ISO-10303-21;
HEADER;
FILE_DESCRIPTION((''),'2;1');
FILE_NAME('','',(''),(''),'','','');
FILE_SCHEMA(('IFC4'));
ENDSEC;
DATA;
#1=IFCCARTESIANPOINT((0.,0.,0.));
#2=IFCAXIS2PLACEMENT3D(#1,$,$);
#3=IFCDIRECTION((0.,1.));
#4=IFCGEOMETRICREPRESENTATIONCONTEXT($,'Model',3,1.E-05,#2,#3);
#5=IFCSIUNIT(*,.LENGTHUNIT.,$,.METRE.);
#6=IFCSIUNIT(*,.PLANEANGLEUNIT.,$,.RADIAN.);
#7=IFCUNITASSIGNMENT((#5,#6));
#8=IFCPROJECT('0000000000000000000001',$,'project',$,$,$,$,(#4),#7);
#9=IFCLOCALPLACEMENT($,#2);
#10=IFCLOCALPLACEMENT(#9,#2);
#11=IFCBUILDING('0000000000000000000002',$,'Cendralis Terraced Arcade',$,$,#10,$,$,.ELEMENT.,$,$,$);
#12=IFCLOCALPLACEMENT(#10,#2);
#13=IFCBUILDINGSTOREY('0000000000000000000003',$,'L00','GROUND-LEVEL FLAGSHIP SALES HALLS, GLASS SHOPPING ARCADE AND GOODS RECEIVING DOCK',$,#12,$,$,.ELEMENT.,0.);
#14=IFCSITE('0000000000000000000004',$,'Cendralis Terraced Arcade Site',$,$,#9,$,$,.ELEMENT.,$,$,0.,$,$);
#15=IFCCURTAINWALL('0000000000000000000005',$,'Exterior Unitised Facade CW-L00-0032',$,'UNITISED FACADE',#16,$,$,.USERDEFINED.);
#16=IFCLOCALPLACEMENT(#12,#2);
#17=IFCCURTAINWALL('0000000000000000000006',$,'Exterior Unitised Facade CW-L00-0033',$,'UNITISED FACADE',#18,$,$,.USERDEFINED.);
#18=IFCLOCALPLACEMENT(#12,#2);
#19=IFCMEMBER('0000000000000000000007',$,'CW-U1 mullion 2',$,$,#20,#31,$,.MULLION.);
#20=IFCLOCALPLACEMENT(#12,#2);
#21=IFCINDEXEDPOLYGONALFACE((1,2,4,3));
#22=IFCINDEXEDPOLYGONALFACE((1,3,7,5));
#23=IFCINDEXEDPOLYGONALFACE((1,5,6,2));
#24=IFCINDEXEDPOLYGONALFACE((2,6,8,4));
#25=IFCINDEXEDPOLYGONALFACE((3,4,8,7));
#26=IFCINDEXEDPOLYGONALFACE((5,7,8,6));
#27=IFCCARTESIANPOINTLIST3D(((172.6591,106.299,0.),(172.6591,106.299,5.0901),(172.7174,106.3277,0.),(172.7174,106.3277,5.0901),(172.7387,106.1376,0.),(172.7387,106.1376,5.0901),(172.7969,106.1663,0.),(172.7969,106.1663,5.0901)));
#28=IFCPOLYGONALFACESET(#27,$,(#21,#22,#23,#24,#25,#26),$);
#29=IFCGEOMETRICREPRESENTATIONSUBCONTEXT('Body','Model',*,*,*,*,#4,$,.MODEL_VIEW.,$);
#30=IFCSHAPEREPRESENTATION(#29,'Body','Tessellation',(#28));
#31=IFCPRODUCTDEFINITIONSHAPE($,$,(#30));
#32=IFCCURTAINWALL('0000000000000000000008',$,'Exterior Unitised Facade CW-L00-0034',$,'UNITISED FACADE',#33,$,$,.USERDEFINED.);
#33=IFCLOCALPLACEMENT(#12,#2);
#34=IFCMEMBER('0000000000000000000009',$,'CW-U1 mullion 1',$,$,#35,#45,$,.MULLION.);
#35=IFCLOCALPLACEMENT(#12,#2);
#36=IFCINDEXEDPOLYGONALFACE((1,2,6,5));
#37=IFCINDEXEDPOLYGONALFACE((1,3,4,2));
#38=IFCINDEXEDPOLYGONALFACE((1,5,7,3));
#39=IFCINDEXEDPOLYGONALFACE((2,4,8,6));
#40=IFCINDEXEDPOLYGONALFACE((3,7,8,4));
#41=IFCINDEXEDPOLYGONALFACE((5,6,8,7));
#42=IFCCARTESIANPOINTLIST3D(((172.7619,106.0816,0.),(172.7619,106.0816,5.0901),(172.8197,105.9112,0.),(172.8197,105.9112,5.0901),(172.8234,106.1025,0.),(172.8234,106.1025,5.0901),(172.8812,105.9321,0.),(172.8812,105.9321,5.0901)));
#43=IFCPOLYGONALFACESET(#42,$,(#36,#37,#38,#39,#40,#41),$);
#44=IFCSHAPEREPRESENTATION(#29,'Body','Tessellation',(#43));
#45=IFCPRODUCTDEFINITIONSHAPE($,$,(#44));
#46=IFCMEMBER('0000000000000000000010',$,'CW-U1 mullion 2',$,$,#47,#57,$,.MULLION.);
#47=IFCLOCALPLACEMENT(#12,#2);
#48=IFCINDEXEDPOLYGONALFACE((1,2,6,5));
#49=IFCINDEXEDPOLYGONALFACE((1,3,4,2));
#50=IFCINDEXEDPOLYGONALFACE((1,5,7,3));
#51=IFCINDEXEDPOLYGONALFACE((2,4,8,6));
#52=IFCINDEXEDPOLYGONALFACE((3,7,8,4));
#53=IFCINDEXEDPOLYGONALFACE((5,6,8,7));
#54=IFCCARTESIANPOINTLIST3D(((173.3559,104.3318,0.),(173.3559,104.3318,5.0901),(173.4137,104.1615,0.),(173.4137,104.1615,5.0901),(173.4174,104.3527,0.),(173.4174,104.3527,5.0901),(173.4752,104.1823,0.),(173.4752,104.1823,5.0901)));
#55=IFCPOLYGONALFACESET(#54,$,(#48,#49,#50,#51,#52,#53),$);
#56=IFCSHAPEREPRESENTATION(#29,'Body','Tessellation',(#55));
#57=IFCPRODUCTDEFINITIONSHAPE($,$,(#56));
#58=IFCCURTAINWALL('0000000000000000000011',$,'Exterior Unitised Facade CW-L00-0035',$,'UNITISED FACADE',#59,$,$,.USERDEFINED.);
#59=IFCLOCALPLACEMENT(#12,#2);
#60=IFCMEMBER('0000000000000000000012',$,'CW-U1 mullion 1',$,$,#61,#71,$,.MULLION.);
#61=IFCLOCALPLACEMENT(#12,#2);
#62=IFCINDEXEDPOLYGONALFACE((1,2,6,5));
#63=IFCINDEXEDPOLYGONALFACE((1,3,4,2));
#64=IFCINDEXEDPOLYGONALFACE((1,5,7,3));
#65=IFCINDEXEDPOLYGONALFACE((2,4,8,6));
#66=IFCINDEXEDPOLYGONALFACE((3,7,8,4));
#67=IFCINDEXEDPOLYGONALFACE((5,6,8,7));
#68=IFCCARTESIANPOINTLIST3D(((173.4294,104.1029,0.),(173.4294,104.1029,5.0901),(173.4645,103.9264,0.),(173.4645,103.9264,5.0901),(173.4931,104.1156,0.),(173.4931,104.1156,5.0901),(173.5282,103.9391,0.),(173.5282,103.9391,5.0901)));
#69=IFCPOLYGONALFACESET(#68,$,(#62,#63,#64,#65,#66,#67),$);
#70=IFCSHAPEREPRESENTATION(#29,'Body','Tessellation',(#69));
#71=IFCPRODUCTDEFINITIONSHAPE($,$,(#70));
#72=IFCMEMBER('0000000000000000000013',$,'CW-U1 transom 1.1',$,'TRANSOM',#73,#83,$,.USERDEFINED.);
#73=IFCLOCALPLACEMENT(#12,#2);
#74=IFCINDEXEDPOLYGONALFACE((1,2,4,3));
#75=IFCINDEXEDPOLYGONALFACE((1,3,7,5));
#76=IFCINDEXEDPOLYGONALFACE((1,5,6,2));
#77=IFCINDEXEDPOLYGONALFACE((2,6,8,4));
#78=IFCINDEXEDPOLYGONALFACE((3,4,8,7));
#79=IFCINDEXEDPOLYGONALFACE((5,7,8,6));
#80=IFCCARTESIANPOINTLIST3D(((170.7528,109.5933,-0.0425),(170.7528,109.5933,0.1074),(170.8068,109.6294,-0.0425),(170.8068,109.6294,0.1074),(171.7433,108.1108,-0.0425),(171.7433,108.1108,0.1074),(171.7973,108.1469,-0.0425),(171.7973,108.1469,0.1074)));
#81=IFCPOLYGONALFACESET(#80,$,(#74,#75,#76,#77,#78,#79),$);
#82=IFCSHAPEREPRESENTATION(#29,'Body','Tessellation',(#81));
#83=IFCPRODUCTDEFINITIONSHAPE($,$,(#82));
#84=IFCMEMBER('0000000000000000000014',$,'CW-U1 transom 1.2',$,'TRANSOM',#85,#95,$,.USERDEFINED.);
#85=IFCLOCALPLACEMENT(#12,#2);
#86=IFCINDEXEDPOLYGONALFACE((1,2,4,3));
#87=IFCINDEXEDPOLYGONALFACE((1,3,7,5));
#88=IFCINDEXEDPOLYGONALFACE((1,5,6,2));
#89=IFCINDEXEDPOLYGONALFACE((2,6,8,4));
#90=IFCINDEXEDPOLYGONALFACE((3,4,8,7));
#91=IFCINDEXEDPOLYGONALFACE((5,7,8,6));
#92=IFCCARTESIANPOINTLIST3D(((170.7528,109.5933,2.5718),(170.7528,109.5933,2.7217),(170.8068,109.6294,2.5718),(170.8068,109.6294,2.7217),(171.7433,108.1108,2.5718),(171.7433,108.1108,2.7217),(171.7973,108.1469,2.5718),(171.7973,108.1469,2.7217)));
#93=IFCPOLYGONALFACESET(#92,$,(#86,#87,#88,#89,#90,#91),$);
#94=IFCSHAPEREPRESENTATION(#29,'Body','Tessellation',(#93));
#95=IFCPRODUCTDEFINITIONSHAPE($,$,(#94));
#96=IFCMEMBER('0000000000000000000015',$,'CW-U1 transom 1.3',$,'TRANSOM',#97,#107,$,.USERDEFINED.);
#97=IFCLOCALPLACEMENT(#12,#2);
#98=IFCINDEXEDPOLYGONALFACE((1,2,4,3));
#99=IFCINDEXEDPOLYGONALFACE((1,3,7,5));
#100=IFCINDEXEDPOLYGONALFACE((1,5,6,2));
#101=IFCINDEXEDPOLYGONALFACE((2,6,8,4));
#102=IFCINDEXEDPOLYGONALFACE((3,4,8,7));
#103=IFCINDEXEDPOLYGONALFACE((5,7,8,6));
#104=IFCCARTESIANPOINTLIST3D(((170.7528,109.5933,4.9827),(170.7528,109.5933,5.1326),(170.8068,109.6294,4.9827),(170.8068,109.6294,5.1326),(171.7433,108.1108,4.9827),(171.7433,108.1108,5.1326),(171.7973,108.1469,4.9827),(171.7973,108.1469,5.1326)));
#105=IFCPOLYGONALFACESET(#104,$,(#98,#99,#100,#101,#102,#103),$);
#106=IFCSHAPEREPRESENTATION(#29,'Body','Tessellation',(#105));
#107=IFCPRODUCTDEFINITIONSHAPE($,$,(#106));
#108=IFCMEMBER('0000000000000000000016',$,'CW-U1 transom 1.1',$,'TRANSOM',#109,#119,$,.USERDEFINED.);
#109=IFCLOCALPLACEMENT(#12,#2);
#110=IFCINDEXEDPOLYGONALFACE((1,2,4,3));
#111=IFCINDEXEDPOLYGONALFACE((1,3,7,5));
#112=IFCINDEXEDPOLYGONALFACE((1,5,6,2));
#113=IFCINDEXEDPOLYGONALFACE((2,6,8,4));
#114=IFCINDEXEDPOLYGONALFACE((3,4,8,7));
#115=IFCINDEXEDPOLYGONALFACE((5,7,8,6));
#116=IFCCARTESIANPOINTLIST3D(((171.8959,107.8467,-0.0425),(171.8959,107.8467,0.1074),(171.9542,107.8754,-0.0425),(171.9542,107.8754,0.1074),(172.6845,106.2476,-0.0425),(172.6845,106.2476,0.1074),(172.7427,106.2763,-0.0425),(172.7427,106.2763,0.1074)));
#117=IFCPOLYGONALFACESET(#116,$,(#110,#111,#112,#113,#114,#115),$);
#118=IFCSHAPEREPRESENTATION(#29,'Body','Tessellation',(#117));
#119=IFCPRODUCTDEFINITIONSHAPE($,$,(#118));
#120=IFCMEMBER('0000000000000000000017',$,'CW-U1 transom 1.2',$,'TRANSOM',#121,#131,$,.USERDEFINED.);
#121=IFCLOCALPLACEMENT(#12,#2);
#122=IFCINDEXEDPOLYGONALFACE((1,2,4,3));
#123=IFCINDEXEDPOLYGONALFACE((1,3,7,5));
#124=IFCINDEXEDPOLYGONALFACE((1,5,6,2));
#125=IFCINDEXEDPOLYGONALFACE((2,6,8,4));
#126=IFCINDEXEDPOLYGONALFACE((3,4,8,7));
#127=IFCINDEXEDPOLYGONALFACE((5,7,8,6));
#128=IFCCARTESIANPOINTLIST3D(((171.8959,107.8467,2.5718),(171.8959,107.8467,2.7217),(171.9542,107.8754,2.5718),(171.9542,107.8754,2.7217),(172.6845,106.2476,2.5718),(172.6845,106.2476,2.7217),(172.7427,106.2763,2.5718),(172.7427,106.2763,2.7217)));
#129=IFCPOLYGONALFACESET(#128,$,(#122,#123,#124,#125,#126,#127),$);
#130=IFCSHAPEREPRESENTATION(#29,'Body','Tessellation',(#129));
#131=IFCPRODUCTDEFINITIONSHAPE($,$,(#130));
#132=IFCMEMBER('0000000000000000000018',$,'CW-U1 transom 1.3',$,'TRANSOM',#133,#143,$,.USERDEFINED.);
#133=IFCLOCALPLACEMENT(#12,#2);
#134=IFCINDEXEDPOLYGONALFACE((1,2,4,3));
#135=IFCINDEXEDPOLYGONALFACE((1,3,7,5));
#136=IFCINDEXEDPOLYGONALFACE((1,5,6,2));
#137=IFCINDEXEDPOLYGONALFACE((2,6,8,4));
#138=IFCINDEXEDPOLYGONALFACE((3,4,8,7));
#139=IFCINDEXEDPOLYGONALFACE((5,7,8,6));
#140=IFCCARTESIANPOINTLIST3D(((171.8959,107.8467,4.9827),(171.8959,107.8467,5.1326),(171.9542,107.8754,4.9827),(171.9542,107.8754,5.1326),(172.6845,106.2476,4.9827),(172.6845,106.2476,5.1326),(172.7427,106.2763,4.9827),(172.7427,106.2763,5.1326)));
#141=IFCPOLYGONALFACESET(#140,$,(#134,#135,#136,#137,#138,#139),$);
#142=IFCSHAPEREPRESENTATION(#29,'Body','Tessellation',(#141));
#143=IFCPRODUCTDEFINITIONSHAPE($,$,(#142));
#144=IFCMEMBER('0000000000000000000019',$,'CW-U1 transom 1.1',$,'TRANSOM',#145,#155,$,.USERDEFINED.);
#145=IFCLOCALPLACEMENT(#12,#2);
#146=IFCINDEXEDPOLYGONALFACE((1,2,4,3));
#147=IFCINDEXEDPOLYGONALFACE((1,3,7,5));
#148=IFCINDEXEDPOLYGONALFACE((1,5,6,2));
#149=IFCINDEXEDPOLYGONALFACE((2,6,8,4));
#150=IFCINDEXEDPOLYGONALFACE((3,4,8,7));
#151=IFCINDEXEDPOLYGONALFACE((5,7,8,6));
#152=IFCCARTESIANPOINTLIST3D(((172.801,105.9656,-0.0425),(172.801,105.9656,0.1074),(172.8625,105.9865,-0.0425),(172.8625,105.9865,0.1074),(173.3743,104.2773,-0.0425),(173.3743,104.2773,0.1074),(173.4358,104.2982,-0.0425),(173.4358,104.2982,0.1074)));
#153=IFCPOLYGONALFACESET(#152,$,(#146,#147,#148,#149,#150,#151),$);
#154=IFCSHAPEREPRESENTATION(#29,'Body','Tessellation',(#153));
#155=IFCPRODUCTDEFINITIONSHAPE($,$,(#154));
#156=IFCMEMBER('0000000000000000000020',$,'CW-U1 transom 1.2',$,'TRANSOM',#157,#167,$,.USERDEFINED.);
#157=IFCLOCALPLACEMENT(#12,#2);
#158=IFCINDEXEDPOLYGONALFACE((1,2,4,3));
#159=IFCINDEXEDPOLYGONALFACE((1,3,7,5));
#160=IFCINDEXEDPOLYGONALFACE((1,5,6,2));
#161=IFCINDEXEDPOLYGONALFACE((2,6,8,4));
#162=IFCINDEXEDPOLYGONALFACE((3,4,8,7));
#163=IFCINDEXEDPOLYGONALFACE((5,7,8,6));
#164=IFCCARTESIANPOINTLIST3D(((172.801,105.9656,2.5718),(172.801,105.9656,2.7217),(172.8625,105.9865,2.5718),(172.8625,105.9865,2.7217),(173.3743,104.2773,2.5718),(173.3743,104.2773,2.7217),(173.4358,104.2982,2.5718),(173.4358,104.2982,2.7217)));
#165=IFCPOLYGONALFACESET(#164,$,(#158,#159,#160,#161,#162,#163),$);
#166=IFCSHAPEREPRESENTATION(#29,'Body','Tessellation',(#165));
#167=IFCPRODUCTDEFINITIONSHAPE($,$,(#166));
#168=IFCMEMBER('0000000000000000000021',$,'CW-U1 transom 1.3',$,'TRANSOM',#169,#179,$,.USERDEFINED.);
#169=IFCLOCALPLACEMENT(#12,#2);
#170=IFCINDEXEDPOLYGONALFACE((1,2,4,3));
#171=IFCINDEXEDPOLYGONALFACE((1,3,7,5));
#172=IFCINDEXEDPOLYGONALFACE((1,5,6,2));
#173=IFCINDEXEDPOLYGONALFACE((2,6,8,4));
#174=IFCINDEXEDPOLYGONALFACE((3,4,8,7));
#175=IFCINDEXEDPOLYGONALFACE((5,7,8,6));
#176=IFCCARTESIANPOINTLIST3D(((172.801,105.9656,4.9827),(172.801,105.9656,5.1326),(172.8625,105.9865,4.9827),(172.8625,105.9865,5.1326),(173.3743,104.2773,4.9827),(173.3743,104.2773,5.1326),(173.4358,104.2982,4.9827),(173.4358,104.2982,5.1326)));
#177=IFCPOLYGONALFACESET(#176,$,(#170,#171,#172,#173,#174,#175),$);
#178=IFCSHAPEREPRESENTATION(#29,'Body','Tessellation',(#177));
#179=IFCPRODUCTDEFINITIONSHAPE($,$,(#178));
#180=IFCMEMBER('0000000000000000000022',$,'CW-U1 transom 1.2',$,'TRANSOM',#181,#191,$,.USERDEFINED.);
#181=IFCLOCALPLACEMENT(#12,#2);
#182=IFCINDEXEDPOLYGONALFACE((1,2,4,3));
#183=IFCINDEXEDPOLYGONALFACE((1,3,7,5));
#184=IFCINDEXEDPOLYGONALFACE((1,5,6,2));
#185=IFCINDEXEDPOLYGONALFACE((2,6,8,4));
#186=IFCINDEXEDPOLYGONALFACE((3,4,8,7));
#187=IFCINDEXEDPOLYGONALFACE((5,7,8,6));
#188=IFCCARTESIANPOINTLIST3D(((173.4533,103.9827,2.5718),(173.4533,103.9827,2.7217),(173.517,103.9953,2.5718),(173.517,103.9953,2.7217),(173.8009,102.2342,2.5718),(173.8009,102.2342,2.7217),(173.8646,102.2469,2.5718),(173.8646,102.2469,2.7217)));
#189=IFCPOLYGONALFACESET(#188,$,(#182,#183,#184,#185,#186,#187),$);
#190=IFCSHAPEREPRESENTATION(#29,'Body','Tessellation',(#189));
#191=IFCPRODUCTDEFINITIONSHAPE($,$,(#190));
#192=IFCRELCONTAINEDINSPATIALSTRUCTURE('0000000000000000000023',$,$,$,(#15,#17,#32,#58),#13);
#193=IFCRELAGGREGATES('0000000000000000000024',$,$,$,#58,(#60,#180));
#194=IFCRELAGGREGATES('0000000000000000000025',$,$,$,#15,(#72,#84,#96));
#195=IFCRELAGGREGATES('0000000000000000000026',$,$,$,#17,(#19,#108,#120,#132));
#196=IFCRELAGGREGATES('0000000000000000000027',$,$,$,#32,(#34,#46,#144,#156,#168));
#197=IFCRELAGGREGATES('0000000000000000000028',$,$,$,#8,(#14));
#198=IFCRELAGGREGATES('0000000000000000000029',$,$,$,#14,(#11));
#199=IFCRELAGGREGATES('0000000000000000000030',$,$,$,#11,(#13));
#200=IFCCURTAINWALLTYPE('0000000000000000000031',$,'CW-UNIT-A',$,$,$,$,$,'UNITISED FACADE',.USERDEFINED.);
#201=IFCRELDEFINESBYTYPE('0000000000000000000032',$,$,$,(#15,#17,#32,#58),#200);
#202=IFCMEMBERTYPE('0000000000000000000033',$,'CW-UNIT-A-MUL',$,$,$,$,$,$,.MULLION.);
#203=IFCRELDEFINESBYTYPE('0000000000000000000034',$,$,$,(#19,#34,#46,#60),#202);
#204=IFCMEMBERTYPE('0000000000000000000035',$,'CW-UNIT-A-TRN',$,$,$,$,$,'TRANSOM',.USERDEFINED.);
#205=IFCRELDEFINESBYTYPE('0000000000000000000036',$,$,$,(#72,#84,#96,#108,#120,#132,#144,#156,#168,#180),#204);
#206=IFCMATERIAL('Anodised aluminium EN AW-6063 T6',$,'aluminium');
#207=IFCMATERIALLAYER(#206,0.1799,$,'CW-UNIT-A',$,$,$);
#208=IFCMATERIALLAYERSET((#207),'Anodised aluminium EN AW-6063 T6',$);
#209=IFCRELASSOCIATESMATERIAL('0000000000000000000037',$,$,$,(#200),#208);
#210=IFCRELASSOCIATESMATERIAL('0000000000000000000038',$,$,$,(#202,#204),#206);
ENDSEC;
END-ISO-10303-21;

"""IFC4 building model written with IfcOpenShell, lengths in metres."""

from ifc_helpers import new_model, si_unit, direction, frame, origin, origin_2d, place, context, subcontext, project, spatial, rectangle, extrude, material, layer, layer_set, material_profile, profile_set, type_object, element, aggregate, save


model = new_model("IFC4")

# Units and contexts
model_context = context("Model", 3, precision=1e-05, world=origin(), true_north=direction((0.0, 1.0)))
body_context = subcontext(model_context, "Body", "Model", "MODEL_VIEW")
ifc_project = project(units=[si_unit("LENGTHUNIT", "METRE"), si_unit("PLANEANGLEUNIT", "RADIAN")], contexts=[model_context])

# Site, building, storey
site_placement = place(None, origin())
site = spatial("IfcSite", under=ifc_project, at=site_placement, Name="Cendralis Terraced Arcade Site", CompositionType="ELEMENT", RefElevation=0.0)
building_placement = place(site_placement, origin())
building = spatial("IfcBuilding", under=site, at=building_placement, Name="Cendralis Terraced Arcade", CompositionType="ELEMENT")
storey_placement = place(building_placement, origin())
storey = spatial("IfcBuildingStorey", under=building, at=storey_placement, Name="L00", Description="GROUND-LEVEL FLAGSHIP SALES HALLS, GLASS SHOPPING ARCADE AND GOODS RECEIVING DOCK", CompositionType="ELEMENT", Elevation=0.0)

# Curtain walls, members
ifc_material_1 = material(Name="Anodised aluminium EN AW-6063 T6", Category="aluminium")
ifc_layer_1 = layer(ifc_material_1, 0.1799, Name="CW-UNIT-A")
ifc_layer_set_1 = layer_set([ifc_layer_1], Name="Anodised aluminium EN AW-6063 T6")
curtain_wall_type = type_object("IfcCurtainWallType", Name="CW-UNIT-A", ElementType="UNITISED FACADE", PredefinedType="USERDEFINED", material=ifc_layer_set_1)
curtain_wall_1_placement = place(storey_placement, origin())
curtain_wall_1 = element("IfcCurtainWall", 1, at=curtain_wall_1_placement, inside=storey, type_object=curtain_wall_type, Name="Exterior Unitised Facade CW-L00-0032", ObjectType="UNITISED FACADE", PredefinedType="USERDEFINED")
ifc_material_profile_1 = material_profile(ifc_material_1, rectangle(XDim=0.0649, YDim=0.1799, at=origin_2d()), Name="ALU-MUL-65x180")
ifc_profile_set_1 = profile_set([ifc_material_profile_1], Name="Anodised aluminium EN AW-6063 T6")
member_type_1 = type_object("IfcMemberType", Name="CW-UNIT-A-MUL", PredefinedType="MULLION", material=ifc_profile_set_1)
curtain_wall_2_placement = place(storey_placement, origin())
curtain_wall_2 = element("IfcCurtainWall", 2, at=curtain_wall_2_placement, inside=storey, type_object=curtain_wall_type, Name="Exterior Unitised Facade CW-L00-0033", ObjectType="UNITISED FACADE", PredefinedType="USERDEFINED")
member_1_placement = place(storey_placement, frame((172.728, 106.2327, 0.0), z_axis=(0.0, 0.0, 1.0), x_axis=(0.896871, 0.442293, 0.0)))
member_1 = element("IfcMember", 3, at=member_1_placement, type_object=member_type_1, Name="CW-U1 mullion 2", PredefinedType="MULLION", context=body_context, shape_type="SweptSolid", body=[
    extrude(rectangle(XDim=0.0649, YDim=0.1799, at=origin_2d()), origin(), (0.0, 0.0, 1.0), 5.0901),
])
curtain_wall_3_placement = place(storey_placement, origin())
curtain_wall_3 = element("IfcCurtainWall", 4, at=curtain_wall_3_placement, inside=storey, type_object=curtain_wall_type, Name="Exterior Unitised Facade CW-L00-0034", ObjectType="UNITISED FACADE", PredefinedType="USERDEFINED")
member_2_placement = place(storey_placement, frame((172.8215, 106.0068, 0.0), z_axis=(0.0, 0.0, 1.0), x_axis=(0.946928, 0.321445, 0.0)))
member_2 = element("IfcMember", 5, at=member_2_placement, type_object=member_type_1, Name="CW-U1 mullion 1", PredefinedType="MULLION", context=body_context, shape_type="SweptSolid", body=[
    extrude(rectangle(XDim=0.0649, YDim=0.1799, at=origin_2d()), origin(), (0.0, 0.0, 1.0), 5.0901),
])
member_3_placement = place(storey_placement, frame((173.4155, 104.2571, 0.0), z_axis=(0.0, 0.0, 1.0), x_axis=(0.946928, 0.321445, 0.0)))
member_3 = element("IfcMember", 6, at=member_3_placement, type_object=member_type_1, Name="CW-U1 mullion 2", PredefinedType="MULLION", context=body_context, shape_type="SweptSolid", body=[
    extrude(rectangle(XDim=0.0649, YDim=0.1799, at=origin_2d()), origin(), (0.0, 0.0, 1.0), 5.0901),
])

# Curtain wall, member
curtain_wall_4_placement = place(storey_placement, origin())
curtain_wall_4 = element("IfcCurtainWall", 7, at=curtain_wall_4_placement, inside=storey, type_object=curtain_wall_type, Name="Exterior Unitised Facade CW-L00-0035", ObjectType="UNITISED FACADE", PredefinedType="USERDEFINED")
member_4_placement = place(storey_placement, frame((173.4788, 104.021, 0.0), z_axis=(0.0, 0.0, 1.0), x_axis=(0.980793, 0.19505, 0.0)))
member_4 = element("IfcMember", 8, at=member_4_placement, type_object=member_type_1, Name="CW-U1 mullion 1", PredefinedType="MULLION", context=body_context, shape_type="SweptSolid", body=[
    extrude(rectangle(XDim=0.0649, YDim=0.1799, at=origin_2d()), origin(), (0.0, 0.0, 1.0), 5.0901),
])

# Members
ifc_material_profile_2 = material_profile(ifc_material_1, rectangle(XDim=0.0649, YDim=0.1499, at=origin_2d()), Name="ALU-TRN-65x150")
ifc_profile_set_2 = profile_set([ifc_material_profile_2], Name="Anodised aluminium EN AW-6063 T6")
member_type_2 = type_object("IfcMemberType", Name="CW-UNIT-A-TRN", ElementType="TRANSOM", PredefinedType="USERDEFINED", material=ifc_profile_set_2)
member_5_placement = place(storey_placement, frame((170.7798, 109.6113, 0.0325), z_axis=(0.555553, -0.831481, 0.0), x_axis=(0.831481, 0.555553, 0.0)))
member_5 = element("IfcMember", 9, at=member_5_placement, type_object=member_type_2, Name="CW-U1 transom 1.1", ObjectType="TRANSOM", PredefinedType="USERDEFINED", context=body_context, shape_type="SweptSolid", body=[
    extrude(rectangle(XDim=0.0649, YDim=0.1499, at=origin_2d()), origin(), (0.0, 0.0, 1.0), 1.783),
])
member_6_placement = place(storey_placement, frame((170.7798, 109.6113, 2.6467), z_axis=(0.555553, -0.831481, 0.0), x_axis=(0.831481, 0.555553, 0.0)))
member_6 = element("IfcMember", 10, at=member_6_placement, type_object=member_type_2, Name="CW-U1 transom 1.2", ObjectType="TRANSOM", PredefinedType="USERDEFINED", context=body_context, shape_type="SweptSolid", body=[
    extrude(rectangle(XDim=0.0649, YDim=0.1499, at=origin_2d()), origin(), (0.0, 0.0, 1.0), 1.783),
])
member_7_placement = place(storey_placement, frame((170.7798, 109.6113, 5.0576), z_axis=(0.555553, -0.831481, 0.0), x_axis=(0.831481, 0.555553, 0.0)))
member_7 = element("IfcMember", 11, at=member_7_placement, type_object=member_type_2, Name="CW-U1 transom 1.3", ObjectType="TRANSOM", PredefinedType="USERDEFINED", context=body_context, shape_type="SweptSolid", body=[
    extrude(rectangle(XDim=0.0649, YDim=0.1499, at=origin_2d()), origin(), (0.0, 0.0, 1.0), 1.783),
])
member_8_placement = place(storey_placement, frame((171.925, 107.8611, 0.0325), z_axis=(0.442277, -0.896878, 0.0), x_axis=(0.896878, 0.442277, 0.0)))
member_8 = element("IfcMember", 12, at=member_8_placement, type_object=member_type_2, Name="CW-U1 transom 1.1", ObjectType="TRANSOM", PredefinedType="USERDEFINED", context=body_context, shape_type="SweptSolid", body=[
    extrude(rectangle(XDim=0.0649, YDim=0.1499, at=origin_2d()), origin(), (0.0, 0.0, 1.0), 1.783),
])
member_9_placement = place(storey_placement, frame((171.925, 107.8611, 2.6467), z_axis=(0.442277, -0.896878, 0.0), x_axis=(0.896878, 0.442277, 0.0)))
member_9 = element("IfcMember", 13, at=member_9_placement, type_object=member_type_2, Name="CW-U1 transom 1.2", ObjectType="TRANSOM", PredefinedType="USERDEFINED", context=body_context, shape_type="SweptSolid", body=[
    extrude(rectangle(XDim=0.0649, YDim=0.1499, at=origin_2d()), origin(), (0.0, 0.0, 1.0), 1.783),
])
member_10_placement = place(storey_placement, frame((171.925, 107.8611, 5.0576), z_axis=(0.442277, -0.896878, 0.0), x_axis=(0.896878, 0.442277, 0.0)))
member_10 = element("IfcMember", 14, at=member_10_placement, type_object=member_type_2, Name="CW-U1 transom 1.3", ObjectType="TRANSOM", PredefinedType="USERDEFINED", context=body_context, shape_type="SweptSolid", body=[
    extrude(rectangle(XDim=0.0649, YDim=0.1499, at=origin_2d()), origin(), (0.0, 0.0, 1.0), 1.783),
])
member_11_placement = place(storey_placement, frame((172.8318, 105.9761, 0.0325), z_axis=(0.321522, -0.946902, 0.0), x_axis=(0.946902, 0.321522, 0.0)))
member_11 = element("IfcMember", 15, at=member_11_placement, type_object=member_type_2, Name="CW-U1 transom 1.1", ObjectType="TRANSOM", PredefinedType="USERDEFINED", context=body_context, shape_type="SweptSolid", body=[
    extrude(rectangle(XDim=0.0649, YDim=0.1499, at=origin_2d()), origin(), (0.0, 0.0, 1.0), 1.783),
])
member_12_placement = place(storey_placement, frame((172.8318, 105.9761, 2.6467), z_axis=(0.321522, -0.946902, 0.0), x_axis=(0.946902, 0.321522, 0.0)))
member_12 = element("IfcMember", 16, at=member_12_placement, type_object=member_type_2, Name="CW-U1 transom 1.2", ObjectType="TRANSOM", PredefinedType="USERDEFINED", context=body_context, shape_type="SweptSolid", body=[
    extrude(rectangle(XDim=0.0649, YDim=0.1499, at=origin_2d()), origin(), (0.0, 0.0, 1.0), 1.783),
])
member_13_placement = place(storey_placement, frame((172.8318, 105.9761, 5.0576), z_axis=(0.321522, -0.946902, 0.0), x_axis=(0.946902, 0.321522, 0.0)))
member_13 = element("IfcMember", 17, at=member_13_placement, type_object=member_type_2, Name="CW-U1 transom 1.3", ObjectType="TRANSOM", PredefinedType="USERDEFINED", context=body_context, shape_type="SweptSolid", body=[
    extrude(rectangle(XDim=0.0649, YDim=0.1499, at=origin_2d()), origin(), (0.0, 0.0, 1.0), 1.783),
])
member_14_placement = place(storey_placement, frame((173.4851, 103.989, 2.6467), z_axis=(0.19501, -0.980801, 0.0), x_axis=(0.980801, 0.19501, 0.0)))
member_14 = element("IfcMember", 18, at=member_14_placement, type_object=member_type_2, Name="CW-U1 transom 1.2", ObjectType="TRANSOM", PredefinedType="USERDEFINED", context=body_context, shape_type="SweptSolid", body=[
    extrude(rectangle(XDim=0.0649, YDim=0.1499, at=origin_2d()), origin(), (0.0, 0.0, 1.0), 1.7827),
])
aggregate(curtain_wall_4, [member_4, member_14])

aggregate(curtain_wall_1, [member_5, member_6, member_7])
aggregate(curtain_wall_2, [member_1, member_8, member_9, member_10])
aggregate(curtain_wall_3, [member_2, member_3, member_11, member_12, member_13])

save(model, "model.ifc")
